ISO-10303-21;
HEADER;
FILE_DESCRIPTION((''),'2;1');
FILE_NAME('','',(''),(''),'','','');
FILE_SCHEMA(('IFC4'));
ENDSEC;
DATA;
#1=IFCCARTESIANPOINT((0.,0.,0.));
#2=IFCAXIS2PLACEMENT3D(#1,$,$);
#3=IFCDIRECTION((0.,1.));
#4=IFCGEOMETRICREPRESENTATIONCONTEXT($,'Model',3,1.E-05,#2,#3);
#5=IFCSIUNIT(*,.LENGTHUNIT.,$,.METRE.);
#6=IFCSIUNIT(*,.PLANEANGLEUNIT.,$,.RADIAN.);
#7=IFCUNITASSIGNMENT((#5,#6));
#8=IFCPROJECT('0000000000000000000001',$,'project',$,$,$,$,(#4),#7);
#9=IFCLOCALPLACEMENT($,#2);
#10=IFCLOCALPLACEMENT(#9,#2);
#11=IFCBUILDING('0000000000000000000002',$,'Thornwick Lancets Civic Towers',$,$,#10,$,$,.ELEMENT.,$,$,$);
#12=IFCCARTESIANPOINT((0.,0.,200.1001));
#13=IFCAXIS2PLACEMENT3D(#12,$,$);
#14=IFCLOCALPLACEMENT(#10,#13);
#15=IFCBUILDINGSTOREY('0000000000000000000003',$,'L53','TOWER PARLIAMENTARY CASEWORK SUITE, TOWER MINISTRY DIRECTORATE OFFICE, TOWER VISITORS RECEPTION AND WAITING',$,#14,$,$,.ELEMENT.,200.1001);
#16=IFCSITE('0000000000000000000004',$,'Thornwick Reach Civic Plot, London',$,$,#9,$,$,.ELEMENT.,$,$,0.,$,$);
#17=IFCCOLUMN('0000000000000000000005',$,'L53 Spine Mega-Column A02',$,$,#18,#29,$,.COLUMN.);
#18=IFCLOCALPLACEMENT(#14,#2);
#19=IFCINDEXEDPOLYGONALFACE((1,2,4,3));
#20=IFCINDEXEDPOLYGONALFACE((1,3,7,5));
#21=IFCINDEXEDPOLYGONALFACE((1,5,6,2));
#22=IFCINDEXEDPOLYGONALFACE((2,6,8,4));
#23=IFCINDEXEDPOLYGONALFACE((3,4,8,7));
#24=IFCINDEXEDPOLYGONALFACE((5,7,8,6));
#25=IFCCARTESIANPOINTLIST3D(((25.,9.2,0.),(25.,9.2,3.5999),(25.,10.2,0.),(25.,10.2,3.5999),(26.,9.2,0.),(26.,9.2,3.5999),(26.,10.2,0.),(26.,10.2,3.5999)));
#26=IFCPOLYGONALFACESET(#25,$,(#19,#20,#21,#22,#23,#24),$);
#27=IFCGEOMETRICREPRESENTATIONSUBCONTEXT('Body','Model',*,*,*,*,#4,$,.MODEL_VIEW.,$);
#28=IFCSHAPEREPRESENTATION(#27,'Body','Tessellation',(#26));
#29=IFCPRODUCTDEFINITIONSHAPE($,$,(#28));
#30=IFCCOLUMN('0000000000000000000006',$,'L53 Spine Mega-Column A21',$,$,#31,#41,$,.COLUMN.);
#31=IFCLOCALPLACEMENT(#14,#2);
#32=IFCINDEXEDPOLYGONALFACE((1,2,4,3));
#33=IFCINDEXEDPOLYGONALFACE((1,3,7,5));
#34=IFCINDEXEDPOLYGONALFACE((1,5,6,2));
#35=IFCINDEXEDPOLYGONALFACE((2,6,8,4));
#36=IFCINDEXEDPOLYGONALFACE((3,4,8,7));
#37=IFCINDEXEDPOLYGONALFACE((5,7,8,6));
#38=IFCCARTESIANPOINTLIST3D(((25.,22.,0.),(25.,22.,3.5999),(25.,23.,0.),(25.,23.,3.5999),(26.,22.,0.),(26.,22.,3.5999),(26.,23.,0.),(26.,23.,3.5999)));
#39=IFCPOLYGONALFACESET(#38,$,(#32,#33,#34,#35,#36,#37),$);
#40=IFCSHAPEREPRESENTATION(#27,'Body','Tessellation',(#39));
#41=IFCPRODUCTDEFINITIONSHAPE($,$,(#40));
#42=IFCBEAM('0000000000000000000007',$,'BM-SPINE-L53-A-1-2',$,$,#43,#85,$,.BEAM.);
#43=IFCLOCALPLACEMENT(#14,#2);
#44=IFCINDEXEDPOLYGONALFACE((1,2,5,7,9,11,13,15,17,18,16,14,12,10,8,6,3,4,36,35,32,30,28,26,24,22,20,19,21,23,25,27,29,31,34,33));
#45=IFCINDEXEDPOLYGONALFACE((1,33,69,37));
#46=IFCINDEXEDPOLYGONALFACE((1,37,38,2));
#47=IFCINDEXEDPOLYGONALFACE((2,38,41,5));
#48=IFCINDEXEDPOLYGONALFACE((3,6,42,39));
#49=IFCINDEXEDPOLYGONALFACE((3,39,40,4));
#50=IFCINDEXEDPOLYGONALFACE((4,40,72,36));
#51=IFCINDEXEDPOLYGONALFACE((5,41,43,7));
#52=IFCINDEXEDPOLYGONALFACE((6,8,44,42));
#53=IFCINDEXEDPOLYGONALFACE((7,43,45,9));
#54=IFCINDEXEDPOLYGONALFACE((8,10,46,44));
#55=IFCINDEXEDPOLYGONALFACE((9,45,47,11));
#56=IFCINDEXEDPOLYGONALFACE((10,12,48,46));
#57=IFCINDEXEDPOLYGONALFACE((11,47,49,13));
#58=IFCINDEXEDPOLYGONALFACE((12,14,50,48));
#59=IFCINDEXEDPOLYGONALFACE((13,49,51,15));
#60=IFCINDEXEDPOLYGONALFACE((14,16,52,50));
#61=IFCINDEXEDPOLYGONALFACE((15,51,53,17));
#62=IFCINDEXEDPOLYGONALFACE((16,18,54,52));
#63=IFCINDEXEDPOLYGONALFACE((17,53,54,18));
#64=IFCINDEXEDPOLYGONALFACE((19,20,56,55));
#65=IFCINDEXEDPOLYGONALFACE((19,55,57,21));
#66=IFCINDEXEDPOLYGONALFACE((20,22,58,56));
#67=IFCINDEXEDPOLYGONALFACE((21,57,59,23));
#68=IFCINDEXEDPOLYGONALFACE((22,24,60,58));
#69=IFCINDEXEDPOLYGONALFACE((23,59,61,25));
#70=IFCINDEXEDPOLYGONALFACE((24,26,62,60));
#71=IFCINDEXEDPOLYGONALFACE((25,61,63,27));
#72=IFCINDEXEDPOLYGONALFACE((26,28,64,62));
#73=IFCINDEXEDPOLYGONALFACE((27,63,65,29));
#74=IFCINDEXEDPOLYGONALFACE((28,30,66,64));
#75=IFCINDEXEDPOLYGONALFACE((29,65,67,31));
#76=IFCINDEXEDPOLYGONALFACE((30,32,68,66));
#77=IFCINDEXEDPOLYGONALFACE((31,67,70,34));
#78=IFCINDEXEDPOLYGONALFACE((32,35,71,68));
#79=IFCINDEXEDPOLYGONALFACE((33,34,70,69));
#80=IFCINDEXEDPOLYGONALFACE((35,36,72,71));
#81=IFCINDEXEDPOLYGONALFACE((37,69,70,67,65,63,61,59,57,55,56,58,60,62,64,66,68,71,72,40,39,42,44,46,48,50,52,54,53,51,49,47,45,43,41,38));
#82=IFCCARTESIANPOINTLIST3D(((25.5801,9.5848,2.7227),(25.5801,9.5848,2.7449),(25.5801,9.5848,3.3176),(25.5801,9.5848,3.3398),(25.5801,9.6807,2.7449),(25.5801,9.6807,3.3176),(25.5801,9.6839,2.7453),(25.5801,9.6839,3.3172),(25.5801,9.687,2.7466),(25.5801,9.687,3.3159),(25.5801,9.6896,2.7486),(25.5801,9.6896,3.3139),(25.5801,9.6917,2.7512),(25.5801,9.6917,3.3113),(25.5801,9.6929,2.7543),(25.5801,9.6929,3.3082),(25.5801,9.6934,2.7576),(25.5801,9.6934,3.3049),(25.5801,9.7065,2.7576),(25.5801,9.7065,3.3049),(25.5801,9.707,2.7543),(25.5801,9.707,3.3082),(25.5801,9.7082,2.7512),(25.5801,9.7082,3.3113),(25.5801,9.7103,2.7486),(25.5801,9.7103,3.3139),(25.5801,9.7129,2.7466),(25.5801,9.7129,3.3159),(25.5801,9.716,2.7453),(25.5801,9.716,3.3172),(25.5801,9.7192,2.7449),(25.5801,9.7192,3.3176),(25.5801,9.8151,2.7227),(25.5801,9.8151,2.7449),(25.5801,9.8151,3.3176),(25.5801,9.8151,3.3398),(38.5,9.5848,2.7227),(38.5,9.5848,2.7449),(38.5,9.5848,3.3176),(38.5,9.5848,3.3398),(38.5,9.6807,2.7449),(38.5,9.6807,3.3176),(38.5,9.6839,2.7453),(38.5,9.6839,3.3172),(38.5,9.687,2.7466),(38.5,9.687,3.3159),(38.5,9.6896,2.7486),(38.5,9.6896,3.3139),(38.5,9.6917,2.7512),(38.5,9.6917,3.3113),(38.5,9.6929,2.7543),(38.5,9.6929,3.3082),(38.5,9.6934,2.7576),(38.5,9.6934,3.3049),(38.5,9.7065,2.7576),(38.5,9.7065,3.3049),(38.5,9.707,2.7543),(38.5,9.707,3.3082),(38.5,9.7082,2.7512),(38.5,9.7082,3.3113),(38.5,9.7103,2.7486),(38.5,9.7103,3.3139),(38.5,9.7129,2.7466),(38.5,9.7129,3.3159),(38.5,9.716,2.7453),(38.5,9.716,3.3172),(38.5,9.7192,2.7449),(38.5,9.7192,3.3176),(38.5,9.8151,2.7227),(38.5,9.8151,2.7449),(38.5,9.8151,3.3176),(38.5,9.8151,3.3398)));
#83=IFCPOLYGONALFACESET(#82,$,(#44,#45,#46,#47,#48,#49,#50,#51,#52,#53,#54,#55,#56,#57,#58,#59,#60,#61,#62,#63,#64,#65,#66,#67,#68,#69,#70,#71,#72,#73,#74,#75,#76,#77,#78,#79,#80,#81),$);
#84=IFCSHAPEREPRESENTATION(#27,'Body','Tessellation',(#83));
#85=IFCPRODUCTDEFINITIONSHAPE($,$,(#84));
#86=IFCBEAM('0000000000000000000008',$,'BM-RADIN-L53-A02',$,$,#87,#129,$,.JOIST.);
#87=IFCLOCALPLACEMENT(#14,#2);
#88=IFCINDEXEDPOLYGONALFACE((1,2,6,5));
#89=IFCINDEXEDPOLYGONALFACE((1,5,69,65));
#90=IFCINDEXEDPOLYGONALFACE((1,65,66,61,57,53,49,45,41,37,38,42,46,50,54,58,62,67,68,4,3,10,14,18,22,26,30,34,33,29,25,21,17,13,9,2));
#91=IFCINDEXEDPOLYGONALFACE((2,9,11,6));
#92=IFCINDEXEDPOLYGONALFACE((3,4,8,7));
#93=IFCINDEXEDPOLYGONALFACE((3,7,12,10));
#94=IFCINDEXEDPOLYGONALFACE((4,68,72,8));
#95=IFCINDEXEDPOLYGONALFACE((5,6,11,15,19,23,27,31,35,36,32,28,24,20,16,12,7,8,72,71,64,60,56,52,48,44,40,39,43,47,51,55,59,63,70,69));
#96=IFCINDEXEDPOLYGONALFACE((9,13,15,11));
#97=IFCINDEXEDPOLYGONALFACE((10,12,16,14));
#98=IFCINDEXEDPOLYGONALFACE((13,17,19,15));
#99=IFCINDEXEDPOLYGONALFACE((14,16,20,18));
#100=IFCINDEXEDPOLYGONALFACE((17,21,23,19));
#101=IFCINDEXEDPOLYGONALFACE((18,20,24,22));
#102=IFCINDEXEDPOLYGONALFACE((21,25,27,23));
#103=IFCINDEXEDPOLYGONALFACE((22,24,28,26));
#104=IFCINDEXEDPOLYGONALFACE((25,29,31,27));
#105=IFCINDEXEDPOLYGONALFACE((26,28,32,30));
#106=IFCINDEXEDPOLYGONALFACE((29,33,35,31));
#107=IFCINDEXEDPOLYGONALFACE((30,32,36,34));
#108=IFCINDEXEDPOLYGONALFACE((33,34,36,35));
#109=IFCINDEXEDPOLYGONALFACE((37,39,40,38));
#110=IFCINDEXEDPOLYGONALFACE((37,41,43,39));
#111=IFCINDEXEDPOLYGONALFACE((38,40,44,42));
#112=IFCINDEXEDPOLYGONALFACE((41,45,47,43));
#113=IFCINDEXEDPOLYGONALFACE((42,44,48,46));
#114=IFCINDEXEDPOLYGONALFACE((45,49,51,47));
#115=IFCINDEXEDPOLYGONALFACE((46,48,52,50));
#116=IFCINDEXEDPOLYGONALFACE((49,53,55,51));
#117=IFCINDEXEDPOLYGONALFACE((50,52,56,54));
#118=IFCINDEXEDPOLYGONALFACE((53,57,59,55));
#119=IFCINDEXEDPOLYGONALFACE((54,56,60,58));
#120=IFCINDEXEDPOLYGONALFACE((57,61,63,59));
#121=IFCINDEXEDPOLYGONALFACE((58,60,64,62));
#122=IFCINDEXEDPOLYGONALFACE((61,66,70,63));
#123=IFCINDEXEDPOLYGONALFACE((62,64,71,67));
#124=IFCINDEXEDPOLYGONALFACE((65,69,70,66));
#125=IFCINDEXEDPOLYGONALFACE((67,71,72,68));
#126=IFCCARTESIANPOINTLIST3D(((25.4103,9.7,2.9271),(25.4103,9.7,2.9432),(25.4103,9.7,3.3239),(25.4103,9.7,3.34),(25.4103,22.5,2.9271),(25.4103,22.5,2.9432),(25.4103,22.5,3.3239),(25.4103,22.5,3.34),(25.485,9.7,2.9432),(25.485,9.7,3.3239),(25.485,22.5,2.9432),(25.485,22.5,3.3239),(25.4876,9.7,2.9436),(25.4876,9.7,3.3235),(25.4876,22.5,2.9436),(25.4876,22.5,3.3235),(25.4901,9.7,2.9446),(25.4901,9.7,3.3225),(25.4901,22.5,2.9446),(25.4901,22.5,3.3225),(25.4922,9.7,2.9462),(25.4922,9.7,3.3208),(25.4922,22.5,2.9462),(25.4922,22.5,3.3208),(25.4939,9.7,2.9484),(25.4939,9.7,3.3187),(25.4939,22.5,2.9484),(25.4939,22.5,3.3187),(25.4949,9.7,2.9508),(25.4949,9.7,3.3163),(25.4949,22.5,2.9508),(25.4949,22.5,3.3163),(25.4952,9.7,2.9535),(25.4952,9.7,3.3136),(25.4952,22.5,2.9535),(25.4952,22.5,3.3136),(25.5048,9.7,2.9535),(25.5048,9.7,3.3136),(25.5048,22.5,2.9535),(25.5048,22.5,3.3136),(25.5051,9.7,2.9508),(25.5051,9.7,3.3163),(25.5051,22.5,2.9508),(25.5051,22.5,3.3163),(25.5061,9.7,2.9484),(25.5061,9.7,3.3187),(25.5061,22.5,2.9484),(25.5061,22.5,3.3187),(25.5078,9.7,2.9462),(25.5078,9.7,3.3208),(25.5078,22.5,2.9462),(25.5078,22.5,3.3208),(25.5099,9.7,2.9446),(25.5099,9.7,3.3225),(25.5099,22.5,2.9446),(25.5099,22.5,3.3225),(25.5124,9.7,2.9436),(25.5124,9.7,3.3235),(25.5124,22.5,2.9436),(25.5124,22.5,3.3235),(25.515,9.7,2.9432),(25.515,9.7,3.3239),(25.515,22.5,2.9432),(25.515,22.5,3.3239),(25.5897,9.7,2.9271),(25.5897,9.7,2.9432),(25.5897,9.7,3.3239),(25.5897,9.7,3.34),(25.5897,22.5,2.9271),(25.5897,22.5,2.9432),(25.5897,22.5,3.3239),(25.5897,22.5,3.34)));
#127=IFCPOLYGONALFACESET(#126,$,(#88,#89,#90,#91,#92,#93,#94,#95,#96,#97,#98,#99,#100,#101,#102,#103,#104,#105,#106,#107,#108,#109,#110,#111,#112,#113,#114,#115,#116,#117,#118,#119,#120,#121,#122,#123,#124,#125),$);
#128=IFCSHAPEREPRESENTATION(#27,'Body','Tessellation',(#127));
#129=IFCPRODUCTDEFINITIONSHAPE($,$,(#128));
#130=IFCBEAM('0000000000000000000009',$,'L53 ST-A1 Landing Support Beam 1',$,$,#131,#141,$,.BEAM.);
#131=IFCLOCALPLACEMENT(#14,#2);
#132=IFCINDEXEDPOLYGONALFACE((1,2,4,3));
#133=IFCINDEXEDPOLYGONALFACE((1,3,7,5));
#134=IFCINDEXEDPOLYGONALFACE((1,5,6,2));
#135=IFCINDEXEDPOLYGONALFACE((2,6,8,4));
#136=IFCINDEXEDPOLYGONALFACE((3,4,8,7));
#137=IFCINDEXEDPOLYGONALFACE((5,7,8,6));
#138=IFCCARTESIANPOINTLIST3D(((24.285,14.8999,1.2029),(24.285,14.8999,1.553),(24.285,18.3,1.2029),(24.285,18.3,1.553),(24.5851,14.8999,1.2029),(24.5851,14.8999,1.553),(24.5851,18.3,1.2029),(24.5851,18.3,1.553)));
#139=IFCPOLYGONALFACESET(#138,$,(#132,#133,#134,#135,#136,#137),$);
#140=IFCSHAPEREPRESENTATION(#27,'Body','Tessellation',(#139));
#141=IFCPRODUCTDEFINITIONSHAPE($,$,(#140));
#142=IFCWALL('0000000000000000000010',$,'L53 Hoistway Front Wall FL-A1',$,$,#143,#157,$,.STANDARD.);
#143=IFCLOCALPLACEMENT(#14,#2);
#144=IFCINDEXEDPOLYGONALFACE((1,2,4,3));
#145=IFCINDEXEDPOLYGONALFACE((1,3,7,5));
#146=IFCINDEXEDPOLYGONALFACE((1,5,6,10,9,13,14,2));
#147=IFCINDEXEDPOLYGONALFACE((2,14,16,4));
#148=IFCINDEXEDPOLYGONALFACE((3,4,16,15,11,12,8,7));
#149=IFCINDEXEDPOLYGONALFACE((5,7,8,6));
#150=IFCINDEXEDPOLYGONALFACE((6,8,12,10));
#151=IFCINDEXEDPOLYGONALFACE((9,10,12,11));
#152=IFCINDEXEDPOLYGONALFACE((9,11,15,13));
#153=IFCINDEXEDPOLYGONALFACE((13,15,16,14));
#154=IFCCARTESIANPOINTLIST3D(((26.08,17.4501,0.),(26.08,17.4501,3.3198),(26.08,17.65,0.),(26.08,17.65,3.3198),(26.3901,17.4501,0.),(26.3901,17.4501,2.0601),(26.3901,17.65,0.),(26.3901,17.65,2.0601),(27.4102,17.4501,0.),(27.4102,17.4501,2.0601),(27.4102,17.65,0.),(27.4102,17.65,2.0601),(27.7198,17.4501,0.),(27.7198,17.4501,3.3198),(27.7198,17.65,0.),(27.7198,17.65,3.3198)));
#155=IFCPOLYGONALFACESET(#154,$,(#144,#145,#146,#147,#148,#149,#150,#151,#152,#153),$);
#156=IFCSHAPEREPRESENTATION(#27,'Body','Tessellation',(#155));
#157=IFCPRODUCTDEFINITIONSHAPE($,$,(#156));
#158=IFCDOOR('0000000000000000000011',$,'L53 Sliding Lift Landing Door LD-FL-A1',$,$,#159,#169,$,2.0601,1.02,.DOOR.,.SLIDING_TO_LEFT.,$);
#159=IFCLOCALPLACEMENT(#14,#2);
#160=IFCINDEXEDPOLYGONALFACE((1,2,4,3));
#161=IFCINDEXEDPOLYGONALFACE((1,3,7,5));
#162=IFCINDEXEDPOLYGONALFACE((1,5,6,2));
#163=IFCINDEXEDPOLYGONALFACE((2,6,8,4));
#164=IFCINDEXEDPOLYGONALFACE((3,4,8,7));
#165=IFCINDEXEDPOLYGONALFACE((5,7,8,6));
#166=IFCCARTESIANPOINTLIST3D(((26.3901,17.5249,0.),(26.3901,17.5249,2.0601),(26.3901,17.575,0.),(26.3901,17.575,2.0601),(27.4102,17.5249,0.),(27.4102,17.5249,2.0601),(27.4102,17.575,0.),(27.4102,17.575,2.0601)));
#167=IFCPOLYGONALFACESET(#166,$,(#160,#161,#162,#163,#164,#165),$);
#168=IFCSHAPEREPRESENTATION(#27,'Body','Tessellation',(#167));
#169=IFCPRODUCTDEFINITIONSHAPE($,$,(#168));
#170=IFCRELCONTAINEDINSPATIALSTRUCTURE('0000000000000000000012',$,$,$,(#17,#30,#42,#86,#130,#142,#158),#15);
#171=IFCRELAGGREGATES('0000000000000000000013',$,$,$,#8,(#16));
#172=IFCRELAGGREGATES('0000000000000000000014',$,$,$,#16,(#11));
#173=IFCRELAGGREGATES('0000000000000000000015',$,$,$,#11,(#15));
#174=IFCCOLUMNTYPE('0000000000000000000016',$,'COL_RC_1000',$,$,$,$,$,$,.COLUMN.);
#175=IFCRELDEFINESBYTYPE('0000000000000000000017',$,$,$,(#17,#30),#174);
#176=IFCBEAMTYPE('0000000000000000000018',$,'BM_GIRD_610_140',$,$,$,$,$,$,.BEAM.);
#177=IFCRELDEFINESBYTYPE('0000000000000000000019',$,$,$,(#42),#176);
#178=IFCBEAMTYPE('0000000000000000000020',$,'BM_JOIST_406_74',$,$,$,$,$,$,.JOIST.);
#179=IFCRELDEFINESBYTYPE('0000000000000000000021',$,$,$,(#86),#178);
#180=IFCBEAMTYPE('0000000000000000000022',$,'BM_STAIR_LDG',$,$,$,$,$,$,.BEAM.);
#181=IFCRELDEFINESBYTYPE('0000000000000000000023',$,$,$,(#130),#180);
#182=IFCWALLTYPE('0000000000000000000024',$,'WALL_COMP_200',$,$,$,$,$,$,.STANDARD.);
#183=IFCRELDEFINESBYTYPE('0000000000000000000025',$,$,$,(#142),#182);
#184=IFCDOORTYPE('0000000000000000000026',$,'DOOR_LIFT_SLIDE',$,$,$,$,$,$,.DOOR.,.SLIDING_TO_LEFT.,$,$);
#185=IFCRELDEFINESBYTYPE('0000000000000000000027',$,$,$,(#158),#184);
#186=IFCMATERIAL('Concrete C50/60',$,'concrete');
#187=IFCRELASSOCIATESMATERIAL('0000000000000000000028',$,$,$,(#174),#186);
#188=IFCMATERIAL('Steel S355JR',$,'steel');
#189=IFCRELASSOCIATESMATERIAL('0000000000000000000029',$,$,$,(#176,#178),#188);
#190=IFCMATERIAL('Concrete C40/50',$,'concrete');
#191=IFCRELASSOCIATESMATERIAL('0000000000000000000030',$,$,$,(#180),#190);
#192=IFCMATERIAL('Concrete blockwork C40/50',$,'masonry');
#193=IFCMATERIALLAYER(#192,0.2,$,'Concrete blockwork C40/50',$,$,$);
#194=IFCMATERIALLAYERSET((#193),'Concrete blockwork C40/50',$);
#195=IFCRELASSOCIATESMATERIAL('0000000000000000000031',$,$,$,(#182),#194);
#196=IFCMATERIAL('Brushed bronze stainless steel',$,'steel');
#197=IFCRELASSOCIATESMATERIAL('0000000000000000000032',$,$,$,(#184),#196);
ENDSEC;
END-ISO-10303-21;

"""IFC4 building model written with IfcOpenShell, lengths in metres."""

from ifc_helpers import new_model, si_unit, direction, frame, frame_2d, origin, origin_2d, place, context, subcontext, project, spatial, rectangle, i_section, extrude, material, layer, layer_set, material_profile, profile_set, type_object, element, fill, save


model = new_model("IFC4")

# Units and contexts
model_context = context("Model", 3, precision=1e-05, world=origin(), true_north=direction((0.0, 1.0)))
body_context = subcontext(model_context, "Body", "Model", "MODEL_VIEW")
ifc_project = project(units=[si_unit("LENGTHUNIT", "METRE"), si_unit("PLANEANGLEUNIT", "RADIAN")], contexts=[model_context])

# Site, building, storey
site_placement = place(None, origin())
site = spatial("IfcSite", under=ifc_project, at=site_placement, Name="Thornwick Reach Civic Plot, London", CompositionType="ELEMENT", RefElevation=0.0)
building_placement = place(site_placement, origin())
building = spatial("IfcBuilding", under=site, at=building_placement, Name="Thornwick Lancets Civic Towers", CompositionType="ELEMENT")
storey_placement = place(building_placement, frame((0.0, 0.0, 200.1001)))
storey = spatial("IfcBuildingStorey", under=building, at=storey_placement, Name="L53", Description="TOWER PARLIAMENTARY CASEWORK SUITE, TOWER MINISTRY DIRECTORATE OFFICE, TOWER VISITORS RECEPTION AND WAITING", CompositionType="ELEMENT", Elevation=200.1001)

# Columns
ifc_material_1 = material(Name="Concrete C50/60", Category="concrete")
ifc_material_profile_1 = material_profile(ifc_material_1, rectangle(XDim=1.0, YDim=1.0, at=origin_2d()), Name="RC 1000x1000")
ifc_profile_set_1 = profile_set([ifc_material_profile_1], Name="Concrete C50/60")
column_type = type_object("IfcColumnType", Name="COL_RC_1000", PredefinedType="COLUMN", material=ifc_profile_set_1)
for number, where, z_axis, x_axis, name in (
    (1, (25.5, 9.7, 0.0), (0.0, 0.0, 1.0), (1.0, 0.0, 0.0), "L53 Spine Mega-Column A02"),
    (2, (25.5, 22.5, 0.0), (0.0, 0.0, 1.0), (1.0, 0.0, 0.0), "L53 Spine Mega-Column A21"),
):
    element("IfcColumn", number, at=place(storey_placement, frame(where, z_axis=z_axis, x_axis=x_axis)), inside=storey, type_object=column_type, Name=name, PredefinedType="COLUMN", context=body_context, shape_type="SweptSolid", body=[
        extrude(rectangle(XDim=1.0, YDim=1.0, at=origin_2d()), origin(), (0.0, 0.0, 1.0), 3.5999),
    ])

# Beams
ifc_material_2 = material(Name="Steel S355JR", Category="steel")
ifc_material_profile_2 = material_profile(ifc_material_2, i_section(OverallWidth=0.2302, OverallDepth=0.6172, WebThickness=0.0132, FlangeThickness=0.0222, FilletRadius=0.0127, at=origin_2d()), Name="UKB 610x229x140")
ifc_profile_set_2 = profile_set([ifc_material_profile_2], Name="Steel S355JR")
beam_type_1 = type_object("IfcBeamType", Name="BM_GIRD_610_140", PredefinedType="BEAM", material=ifc_profile_set_2)
beam_1_placement = place(storey_placement, frame((25.5801, 9.7, 3.0312), z_axis=(1.0, 0.0, 0.0), x_axis=(0.0, 1.0, 0.0)))
element("IfcBeam", 3, at=beam_1_placement, inside=storey, type_object=beam_type_1, Name="BM-SPINE-L53-A-1-2", PredefinedType="BEAM", context=body_context, shape_type="SweptSolid", body=[
    extrude(i_section(OverallWidth=0.2302, OverallDepth=0.6172, WebThickness=0.0132, FlangeThickness=0.0222, FilletRadius=0.0127, at=origin_2d()), origin(), (0.0, 0.0, 1.0), 12.9199),
])
ifc_material_profile_3 = material_profile(ifc_material_2, i_section(OverallWidth=0.1794, OverallDepth=0.4128, WebThickness=0.0095, FlangeThickness=0.0161, FilletRadius=0.0103, at=origin_2d()), Name="UKB 406x178x74")
ifc_profile_set_3 = profile_set([ifc_material_profile_3], Name="Steel S355JR")
beam_type_2 = type_object("IfcBeamType", Name="BM_JOIST_406_74", PredefinedType="JOIST", material=ifc_profile_set_3)
beam_2_placement = place(storey_placement, frame((25.5, 22.5, 3.1335), z_axis=(0.0, -1.0, 0.0), x_axis=(1.0, 0.0, 0.0)))
element("IfcBeam", 4, at=beam_2_placement, inside=storey, type_object=beam_type_2, Name="BM-RADIN-L53-A02", PredefinedType="JOIST", context=body_context, shape_type="SweptSolid", body=[
    extrude(i_section(OverallWidth=0.1794, OverallDepth=0.4128, WebThickness=0.0095, FlangeThickness=0.0161, FilletRadius=0.0103, at=origin_2d()), origin(), (0.0, 0.0, 1.0), 12.8),
])
ifc_material_3 = material(Name="Concrete C40/50", Category="concrete")
ifc_material_profile_4 = material_profile(ifc_material_3, rectangle(XDim=0.3, YDim=0.3501, at=origin_2d()), Name="RC 300x350")
ifc_profile_set_4 = profile_set([ifc_material_profile_4], Name="Concrete C40/50")
beam_type_3 = type_object("IfcBeamType", Name="BM_STAIR_LDG", PredefinedType="BEAM", material=ifc_profile_set_4)
beam_3_placement = place(storey_placement, frame((24.4351, 14.8999, 1.3779), z_axis=(0.0, 1.0, 0.0), x_axis=(-1.0, 0.0, 0.0)))
element("IfcBeam", 5, at=beam_3_placement, inside=storey, type_object=beam_type_3, Name="L53 ST-A1 Landing Support Beam 1", PredefinedType="BEAM", context=body_context, shape_type="SweptSolid", body=[
    extrude(rectangle(XDim=0.3, YDim=0.3501, at=origin_2d()), origin(), (0.0, 0.0, 1.0), 3.4001),
])

# Wall, opening, door
ifc_material_4 = material(Name="Concrete blockwork C40/50", Category="masonry")
ifc_layer_1 = layer(ifc_material_4, 0.2, Name="Concrete blockwork C40/50")
ifc_layer_set_1 = layer_set([ifc_layer_1], Name="Concrete blockwork C40/50")
wall_type_1 = type_object("IfcWallType", Name="WALL_COMP_200", PredefinedType="STANDARD", material=ifc_layer_set_1)
wall_1_placement = place(storey_placement, frame((26.0801, 17.55, 0.0), z_axis=(0.0, 0.0, 1.0), x_axis=(1.0, 0.0, 0.0)))
wall_1 = element("IfcWall", 6, at=wall_1_placement, inside=storey, type_object=wall_type_1, Name="L53 Hoistway Front Wall FL-A1", PredefinedType="STANDARD", context=body_context, shape_type="SweptSolid", body=[
    extrude(rectangle(XDim=1.6399, YDim=0.2, at=frame_2d((0.8198, 0.0))), origin(), (0.0, 0.0, 1.0), 3.3198),
])
opening_1_placement = place(wall_1_placement, frame((0.3101, 0.0, 0.0)))
opening_1 = element("IfcOpeningElement", 7, at=opening_1_placement, cuts=wall_1, PredefinedType="OPENING", context=body_context, shape_type="SweptSolid", body=[
    extrude(rectangle(XDim=1.02, YDim=2.0601, at=frame_2d((0.51, 1.03))), frame((0.0, 0.1099, 0.0), z_axis=(0.0, -1.0, 0.0), x_axis=(1.0, 0.0, 0.0)), (0.0, 0.0, 1.0), 0.22),
])
ifc_material_5 = material(Name="Brushed bronze stainless steel", Category="steel")
door_type_1 = type_object("IfcDoorType", Name="DOOR_LIFT_SLIDE", OperationType="SLIDING_TO_LEFT", PredefinedType="DOOR", material=ifc_material_5)
door_1_placement = place(opening_1_placement, origin())
door_1 = element("IfcDoor", 8, at=door_1_placement, inside=storey, type_object=door_type_1, Name="L53 Sliding Lift Landing Door LD-FL-A1", OperationType="SLIDING_TO_LEFT", OverallHeight=2.0601, OverallWidth=1.02, PredefinedType="DOOR", context=body_context, shape_type="SweptSolid", body=[
    extrude(rectangle(XDim=1.02, YDim=2.0601, at=frame_2d((0.51, 1.03))), frame((0.0, 0.0249, 0.0), z_axis=(0.0, -1.0, 0.0), x_axis=(1.0, 0.0, 0.0)), (0.0, 0.0, 1.0), 0.05),
])
fill(opening_1, door_1)

save(model, "model.ifc")
